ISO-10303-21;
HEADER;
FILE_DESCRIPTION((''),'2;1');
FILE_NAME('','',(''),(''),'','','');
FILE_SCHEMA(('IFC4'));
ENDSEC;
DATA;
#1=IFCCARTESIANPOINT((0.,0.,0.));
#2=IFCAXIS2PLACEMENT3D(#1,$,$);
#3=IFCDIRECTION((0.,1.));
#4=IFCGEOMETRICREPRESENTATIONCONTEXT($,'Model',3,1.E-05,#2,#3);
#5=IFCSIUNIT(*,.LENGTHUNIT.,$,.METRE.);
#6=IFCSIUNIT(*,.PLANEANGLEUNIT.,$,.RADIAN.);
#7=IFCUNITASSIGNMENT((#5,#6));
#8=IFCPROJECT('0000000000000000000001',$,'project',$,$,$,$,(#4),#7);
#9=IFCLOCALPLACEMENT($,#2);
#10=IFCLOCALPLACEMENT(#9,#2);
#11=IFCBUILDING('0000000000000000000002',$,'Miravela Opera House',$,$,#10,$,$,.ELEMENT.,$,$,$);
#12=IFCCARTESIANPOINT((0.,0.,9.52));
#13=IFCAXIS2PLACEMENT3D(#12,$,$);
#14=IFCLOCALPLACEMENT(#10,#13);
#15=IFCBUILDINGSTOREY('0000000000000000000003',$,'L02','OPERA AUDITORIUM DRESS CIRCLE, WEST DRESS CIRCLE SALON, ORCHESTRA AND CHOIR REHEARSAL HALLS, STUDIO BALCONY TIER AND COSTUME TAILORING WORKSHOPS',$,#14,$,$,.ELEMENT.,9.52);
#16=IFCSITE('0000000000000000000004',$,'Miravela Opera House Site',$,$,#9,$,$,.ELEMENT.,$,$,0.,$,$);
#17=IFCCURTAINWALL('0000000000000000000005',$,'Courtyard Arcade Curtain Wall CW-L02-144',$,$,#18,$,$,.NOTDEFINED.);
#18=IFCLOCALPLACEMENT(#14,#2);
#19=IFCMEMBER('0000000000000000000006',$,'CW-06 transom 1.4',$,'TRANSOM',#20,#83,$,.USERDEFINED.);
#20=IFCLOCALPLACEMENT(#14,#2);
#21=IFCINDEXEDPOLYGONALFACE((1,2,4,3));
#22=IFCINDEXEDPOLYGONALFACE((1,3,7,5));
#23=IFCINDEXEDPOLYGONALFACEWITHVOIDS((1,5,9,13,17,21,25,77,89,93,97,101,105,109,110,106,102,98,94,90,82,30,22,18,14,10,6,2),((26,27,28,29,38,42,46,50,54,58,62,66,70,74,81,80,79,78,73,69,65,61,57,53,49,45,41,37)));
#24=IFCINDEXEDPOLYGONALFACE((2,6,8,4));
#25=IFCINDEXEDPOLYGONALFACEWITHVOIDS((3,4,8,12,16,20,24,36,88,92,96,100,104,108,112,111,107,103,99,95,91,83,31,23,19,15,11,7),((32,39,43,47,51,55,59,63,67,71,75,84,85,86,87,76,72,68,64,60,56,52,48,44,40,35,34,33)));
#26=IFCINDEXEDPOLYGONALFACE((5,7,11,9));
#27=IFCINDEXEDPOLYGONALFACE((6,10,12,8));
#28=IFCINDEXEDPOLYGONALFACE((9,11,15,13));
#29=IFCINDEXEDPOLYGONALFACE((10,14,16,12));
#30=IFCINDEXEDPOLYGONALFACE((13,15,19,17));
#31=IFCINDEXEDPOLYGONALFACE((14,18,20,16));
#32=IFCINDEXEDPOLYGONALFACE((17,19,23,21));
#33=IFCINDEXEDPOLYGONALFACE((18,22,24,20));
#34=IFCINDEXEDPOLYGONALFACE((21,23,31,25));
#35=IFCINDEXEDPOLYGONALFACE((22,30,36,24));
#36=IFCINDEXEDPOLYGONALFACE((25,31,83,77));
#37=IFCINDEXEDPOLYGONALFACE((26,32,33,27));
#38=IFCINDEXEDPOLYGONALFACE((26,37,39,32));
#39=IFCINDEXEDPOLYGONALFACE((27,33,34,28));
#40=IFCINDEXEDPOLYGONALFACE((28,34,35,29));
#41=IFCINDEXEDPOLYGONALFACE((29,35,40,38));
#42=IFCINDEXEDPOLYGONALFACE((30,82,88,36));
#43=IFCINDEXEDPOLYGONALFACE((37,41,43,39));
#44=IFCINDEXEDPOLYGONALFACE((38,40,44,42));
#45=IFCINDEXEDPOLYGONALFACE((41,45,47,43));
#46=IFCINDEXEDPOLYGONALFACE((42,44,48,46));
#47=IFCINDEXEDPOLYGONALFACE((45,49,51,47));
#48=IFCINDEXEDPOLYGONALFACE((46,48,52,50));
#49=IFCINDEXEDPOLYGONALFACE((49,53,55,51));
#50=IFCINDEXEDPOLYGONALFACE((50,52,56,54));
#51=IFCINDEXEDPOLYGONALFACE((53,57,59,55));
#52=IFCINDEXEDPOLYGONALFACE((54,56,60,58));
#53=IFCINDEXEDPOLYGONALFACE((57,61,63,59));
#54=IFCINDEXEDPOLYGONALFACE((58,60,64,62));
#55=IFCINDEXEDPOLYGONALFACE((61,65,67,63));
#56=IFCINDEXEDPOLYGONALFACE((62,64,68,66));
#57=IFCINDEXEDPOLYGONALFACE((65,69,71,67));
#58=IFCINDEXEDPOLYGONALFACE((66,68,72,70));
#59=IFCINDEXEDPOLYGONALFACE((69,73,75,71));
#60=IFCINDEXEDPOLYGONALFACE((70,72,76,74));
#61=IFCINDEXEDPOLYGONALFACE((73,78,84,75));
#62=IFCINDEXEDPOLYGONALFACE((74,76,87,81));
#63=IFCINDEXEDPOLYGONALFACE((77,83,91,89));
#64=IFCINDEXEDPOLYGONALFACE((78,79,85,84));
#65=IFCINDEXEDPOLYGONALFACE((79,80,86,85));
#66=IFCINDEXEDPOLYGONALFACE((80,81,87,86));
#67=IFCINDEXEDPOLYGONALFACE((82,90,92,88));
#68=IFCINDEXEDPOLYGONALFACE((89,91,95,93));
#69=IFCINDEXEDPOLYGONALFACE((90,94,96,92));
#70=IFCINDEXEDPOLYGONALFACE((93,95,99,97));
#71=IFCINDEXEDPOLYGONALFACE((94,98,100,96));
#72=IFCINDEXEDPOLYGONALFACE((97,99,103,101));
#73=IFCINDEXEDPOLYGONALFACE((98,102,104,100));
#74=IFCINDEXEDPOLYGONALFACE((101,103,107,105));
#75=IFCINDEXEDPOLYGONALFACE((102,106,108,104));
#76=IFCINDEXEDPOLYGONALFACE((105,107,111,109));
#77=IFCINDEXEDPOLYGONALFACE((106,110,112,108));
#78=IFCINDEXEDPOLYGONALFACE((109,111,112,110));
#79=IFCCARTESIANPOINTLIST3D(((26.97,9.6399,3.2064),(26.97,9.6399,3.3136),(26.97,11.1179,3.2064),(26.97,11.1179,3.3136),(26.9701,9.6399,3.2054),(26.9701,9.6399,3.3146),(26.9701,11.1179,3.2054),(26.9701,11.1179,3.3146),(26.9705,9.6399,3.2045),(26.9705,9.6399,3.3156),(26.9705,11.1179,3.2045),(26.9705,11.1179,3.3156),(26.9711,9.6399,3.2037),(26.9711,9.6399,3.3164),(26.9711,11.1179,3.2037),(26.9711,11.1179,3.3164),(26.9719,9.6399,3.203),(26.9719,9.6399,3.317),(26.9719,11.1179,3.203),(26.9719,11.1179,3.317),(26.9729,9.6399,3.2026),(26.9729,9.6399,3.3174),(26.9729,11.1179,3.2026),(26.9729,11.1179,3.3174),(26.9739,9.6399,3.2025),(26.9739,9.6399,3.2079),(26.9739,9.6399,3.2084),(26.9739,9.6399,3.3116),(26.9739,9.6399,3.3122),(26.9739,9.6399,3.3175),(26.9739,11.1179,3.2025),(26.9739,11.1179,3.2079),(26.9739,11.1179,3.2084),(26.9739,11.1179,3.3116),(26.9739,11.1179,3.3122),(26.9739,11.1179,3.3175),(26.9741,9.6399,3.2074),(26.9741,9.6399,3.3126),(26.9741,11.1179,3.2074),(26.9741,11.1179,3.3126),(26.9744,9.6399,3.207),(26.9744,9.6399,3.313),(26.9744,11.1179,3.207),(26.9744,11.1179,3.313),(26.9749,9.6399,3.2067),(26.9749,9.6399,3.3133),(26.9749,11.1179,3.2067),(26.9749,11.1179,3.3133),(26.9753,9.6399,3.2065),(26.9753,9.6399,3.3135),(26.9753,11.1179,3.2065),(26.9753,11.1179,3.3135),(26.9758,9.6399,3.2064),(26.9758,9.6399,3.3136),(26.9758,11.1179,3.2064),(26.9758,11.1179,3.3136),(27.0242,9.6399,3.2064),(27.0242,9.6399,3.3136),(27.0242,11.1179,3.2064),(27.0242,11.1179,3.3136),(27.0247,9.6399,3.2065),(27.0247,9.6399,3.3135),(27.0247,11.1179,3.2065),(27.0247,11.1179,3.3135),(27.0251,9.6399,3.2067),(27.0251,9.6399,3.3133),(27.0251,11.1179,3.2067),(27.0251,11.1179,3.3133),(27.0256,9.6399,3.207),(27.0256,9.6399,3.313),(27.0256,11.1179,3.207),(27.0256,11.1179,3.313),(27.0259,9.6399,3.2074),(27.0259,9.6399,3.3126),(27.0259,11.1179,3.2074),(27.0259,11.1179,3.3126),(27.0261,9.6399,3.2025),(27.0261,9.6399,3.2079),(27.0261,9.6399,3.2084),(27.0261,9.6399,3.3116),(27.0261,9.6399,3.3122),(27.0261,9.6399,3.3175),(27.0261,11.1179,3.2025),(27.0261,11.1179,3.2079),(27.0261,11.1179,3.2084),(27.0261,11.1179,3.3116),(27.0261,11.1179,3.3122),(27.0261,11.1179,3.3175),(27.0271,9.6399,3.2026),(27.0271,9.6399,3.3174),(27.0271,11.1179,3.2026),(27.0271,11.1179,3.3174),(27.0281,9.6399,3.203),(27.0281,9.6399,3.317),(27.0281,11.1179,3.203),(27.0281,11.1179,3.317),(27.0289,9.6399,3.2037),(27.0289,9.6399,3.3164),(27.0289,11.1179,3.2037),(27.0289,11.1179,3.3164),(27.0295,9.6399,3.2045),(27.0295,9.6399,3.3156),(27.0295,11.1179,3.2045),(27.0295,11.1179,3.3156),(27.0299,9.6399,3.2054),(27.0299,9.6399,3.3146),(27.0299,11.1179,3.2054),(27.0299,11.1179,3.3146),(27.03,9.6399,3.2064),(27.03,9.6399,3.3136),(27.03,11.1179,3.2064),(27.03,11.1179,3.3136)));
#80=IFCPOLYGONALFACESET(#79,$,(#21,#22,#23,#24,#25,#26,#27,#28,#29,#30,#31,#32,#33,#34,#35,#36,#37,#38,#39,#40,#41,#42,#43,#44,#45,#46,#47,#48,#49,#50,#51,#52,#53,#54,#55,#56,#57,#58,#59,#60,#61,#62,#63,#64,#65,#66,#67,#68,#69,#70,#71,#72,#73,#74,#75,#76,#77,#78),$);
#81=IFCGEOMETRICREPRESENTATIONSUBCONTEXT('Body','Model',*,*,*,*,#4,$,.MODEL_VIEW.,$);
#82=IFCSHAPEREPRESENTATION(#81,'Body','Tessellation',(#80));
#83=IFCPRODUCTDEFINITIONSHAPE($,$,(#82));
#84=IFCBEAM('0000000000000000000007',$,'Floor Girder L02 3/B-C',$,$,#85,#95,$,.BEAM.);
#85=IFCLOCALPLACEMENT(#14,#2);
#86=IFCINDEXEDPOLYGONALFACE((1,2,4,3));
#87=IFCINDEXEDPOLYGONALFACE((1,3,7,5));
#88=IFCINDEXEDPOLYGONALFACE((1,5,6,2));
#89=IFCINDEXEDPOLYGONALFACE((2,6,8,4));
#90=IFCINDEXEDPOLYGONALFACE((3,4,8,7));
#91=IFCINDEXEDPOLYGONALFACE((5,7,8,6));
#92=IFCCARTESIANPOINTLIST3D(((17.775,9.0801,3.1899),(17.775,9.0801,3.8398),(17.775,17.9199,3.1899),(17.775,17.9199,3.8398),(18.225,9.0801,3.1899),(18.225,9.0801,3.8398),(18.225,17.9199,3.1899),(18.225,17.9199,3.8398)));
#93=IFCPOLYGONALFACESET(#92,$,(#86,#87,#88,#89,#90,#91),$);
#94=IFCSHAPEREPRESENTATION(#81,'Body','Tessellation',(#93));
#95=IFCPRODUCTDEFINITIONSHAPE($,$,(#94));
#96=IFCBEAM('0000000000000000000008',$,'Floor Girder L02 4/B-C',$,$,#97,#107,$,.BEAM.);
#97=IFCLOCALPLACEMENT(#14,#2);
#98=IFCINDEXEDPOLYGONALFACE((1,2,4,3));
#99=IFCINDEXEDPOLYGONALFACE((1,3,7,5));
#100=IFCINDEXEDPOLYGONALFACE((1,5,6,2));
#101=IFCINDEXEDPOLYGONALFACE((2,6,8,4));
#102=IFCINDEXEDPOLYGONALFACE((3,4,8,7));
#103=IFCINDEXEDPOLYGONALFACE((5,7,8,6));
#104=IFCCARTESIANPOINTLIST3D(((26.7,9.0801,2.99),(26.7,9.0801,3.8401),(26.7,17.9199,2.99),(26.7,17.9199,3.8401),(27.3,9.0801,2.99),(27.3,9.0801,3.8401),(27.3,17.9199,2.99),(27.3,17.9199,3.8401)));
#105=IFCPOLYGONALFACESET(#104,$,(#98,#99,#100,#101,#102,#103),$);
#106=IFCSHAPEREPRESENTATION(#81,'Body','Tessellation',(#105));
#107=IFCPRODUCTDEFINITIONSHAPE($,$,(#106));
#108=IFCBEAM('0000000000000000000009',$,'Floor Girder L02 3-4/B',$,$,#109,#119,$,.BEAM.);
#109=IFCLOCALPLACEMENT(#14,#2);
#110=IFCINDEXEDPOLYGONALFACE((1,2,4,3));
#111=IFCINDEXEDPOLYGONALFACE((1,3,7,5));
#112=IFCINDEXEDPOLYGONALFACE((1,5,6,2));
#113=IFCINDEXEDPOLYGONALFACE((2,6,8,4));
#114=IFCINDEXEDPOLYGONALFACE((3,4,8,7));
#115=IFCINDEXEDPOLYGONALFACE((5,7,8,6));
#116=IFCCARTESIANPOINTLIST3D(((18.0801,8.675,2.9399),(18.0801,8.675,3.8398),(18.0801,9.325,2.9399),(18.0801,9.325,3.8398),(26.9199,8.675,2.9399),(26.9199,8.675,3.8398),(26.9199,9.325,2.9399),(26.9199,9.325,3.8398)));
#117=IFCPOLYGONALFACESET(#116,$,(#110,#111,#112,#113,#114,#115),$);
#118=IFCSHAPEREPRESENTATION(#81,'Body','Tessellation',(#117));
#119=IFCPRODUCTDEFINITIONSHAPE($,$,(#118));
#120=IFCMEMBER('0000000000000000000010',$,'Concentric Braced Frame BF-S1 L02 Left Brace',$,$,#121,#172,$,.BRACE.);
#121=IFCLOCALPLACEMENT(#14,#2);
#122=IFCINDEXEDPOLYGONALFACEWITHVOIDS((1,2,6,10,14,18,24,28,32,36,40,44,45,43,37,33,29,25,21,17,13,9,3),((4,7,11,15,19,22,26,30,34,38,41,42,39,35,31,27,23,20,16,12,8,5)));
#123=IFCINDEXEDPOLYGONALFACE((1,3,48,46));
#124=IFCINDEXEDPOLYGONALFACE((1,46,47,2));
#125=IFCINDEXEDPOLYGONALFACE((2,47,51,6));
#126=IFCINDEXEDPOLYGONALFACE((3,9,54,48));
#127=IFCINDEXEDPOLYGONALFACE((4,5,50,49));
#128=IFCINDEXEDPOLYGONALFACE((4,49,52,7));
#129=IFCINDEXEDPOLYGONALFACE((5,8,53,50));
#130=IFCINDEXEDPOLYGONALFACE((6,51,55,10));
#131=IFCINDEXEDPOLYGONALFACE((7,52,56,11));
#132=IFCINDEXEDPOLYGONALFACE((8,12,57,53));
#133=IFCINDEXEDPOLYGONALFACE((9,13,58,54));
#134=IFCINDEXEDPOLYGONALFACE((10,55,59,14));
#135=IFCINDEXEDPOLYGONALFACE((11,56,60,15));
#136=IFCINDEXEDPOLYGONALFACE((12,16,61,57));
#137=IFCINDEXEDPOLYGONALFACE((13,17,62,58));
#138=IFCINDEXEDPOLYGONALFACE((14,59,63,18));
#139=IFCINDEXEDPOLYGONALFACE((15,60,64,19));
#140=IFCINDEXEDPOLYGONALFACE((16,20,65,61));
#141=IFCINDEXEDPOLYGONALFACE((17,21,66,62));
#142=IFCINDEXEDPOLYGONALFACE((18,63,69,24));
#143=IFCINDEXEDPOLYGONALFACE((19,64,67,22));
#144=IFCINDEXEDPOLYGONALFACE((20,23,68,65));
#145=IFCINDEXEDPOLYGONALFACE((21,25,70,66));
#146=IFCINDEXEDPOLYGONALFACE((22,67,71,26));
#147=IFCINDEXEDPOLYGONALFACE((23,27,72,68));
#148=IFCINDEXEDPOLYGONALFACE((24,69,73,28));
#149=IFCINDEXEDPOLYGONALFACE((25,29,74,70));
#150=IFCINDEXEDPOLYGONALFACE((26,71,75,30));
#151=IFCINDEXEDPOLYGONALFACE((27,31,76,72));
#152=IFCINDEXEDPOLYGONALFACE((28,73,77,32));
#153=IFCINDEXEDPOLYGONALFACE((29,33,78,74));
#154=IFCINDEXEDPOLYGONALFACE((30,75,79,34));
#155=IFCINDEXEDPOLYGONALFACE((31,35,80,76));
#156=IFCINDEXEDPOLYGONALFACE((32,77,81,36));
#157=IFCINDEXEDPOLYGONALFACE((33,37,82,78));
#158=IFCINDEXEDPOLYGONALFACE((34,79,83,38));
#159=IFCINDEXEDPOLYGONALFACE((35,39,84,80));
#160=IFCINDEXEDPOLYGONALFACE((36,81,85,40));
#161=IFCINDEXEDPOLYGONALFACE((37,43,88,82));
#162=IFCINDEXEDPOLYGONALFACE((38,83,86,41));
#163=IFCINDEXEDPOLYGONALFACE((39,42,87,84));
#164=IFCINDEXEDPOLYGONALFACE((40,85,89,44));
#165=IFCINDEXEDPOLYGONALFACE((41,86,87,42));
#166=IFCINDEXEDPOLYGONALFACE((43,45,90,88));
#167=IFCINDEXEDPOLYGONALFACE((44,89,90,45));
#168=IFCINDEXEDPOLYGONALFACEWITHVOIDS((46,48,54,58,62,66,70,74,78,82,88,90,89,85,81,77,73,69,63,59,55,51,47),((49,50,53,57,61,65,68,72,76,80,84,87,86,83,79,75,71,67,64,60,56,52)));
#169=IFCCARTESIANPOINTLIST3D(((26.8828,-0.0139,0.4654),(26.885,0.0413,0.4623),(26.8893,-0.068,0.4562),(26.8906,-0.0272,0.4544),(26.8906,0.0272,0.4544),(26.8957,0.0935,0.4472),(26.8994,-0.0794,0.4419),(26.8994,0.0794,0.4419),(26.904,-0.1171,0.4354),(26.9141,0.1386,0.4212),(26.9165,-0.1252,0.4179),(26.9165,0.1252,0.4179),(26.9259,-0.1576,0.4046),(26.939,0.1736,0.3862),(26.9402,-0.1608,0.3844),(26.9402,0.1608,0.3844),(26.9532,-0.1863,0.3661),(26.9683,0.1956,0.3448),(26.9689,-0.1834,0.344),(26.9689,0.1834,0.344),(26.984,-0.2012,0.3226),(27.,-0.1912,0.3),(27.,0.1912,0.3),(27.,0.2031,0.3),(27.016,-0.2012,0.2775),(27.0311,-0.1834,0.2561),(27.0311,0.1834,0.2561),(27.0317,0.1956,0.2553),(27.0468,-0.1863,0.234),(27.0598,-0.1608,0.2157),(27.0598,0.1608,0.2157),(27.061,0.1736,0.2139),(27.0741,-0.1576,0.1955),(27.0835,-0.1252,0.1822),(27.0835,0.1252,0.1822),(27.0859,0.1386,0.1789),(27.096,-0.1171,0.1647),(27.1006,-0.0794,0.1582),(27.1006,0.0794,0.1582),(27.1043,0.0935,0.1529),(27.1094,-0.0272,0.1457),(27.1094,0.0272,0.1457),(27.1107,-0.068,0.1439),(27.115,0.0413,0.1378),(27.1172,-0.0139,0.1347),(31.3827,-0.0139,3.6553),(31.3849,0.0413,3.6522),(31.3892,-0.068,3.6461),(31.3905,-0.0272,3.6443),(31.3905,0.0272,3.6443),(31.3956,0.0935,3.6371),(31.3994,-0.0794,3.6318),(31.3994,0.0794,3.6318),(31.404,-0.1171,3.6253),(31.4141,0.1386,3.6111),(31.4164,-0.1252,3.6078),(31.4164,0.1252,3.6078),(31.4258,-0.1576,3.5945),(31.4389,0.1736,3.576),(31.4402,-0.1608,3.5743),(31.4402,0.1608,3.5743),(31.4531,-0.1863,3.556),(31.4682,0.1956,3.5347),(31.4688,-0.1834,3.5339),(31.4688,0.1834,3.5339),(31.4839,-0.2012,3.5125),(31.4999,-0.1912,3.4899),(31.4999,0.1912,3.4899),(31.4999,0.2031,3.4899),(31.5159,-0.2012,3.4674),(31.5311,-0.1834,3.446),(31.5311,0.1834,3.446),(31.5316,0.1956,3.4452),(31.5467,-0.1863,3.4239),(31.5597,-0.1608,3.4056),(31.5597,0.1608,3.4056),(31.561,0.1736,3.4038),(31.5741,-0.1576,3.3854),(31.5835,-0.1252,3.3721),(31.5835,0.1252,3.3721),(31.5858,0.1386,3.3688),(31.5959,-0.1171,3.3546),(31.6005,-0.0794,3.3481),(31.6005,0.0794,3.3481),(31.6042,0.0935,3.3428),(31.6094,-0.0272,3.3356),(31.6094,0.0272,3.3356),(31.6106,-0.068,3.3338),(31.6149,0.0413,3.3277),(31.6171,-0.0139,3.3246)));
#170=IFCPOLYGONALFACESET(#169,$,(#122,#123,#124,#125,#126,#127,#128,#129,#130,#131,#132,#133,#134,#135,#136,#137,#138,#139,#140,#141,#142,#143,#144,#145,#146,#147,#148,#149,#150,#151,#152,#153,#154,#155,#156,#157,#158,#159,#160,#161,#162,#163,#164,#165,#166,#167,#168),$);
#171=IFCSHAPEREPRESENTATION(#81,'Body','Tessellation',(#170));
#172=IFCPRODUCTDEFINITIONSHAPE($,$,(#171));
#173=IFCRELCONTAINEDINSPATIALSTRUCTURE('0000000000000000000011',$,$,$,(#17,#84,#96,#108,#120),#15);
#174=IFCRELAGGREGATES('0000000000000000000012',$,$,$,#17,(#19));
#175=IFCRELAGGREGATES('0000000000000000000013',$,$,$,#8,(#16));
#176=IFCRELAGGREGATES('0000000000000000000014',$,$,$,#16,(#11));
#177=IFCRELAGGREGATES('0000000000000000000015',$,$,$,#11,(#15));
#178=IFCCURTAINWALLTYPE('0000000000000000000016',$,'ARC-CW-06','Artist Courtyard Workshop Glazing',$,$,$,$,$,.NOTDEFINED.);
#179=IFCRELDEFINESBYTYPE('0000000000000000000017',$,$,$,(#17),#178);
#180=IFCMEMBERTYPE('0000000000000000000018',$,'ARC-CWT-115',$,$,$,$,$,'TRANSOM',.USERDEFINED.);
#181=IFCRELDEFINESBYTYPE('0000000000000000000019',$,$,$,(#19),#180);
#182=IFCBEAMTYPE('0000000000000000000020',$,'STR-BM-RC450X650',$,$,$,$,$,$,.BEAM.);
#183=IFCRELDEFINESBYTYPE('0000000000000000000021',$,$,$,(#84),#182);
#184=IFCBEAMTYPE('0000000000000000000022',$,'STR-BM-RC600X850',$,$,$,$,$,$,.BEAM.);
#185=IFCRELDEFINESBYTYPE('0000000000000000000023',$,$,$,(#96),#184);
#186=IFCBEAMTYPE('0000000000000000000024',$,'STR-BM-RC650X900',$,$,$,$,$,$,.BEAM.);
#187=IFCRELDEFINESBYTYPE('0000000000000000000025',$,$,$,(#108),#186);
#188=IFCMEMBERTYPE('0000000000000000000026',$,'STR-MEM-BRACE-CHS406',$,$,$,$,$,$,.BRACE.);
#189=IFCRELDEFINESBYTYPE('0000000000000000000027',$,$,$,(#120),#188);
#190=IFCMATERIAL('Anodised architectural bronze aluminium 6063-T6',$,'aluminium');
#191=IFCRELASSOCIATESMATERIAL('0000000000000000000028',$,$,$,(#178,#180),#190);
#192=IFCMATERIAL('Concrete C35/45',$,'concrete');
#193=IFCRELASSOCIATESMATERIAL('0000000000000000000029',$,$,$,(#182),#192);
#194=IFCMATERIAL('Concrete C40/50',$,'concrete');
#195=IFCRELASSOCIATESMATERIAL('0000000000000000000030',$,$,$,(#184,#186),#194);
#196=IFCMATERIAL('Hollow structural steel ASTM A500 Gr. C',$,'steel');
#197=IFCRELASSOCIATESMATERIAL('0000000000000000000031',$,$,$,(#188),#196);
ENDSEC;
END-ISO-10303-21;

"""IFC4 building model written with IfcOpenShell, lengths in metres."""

from ifc_helpers import new_model, si_unit, direction, frame, origin, origin_2d, place, context, subcontext, project, spatial, rectangle, hollow_rectangle, hollow_circle, extrude, material, material_profile, profile_set, type_object, element, aggregate, save


model = new_model("IFC4")

# Units and contexts
model_context = context("Model", 3, precision=1e-05, world=origin(), true_north=direction((0.0, 1.0)))
body_context = subcontext(model_context, "Body", "Model", "MODEL_VIEW")
ifc_project = project(units=[si_unit("LENGTHUNIT", "METRE"), si_unit("PLANEANGLEUNIT", "RADIAN")], contexts=[model_context])

# Site, building, storey
site_placement = place(None, origin())
site = spatial("IfcSite", under=ifc_project, at=site_placement, Name="Miravela Opera House Site", CompositionType="ELEMENT", RefElevation=0.0)
building_placement = place(site_placement, origin())
building = spatial("IfcBuilding", under=site, at=building_placement, Name="Miravela Opera House", CompositionType="ELEMENT")
storey_placement = place(building_placement, frame((0.0, 0.0, 9.52)))
storey = spatial("IfcBuildingStorey", under=building, at=storey_placement, Name="L02", Description="OPERA AUDITORIUM DRESS CIRCLE, WEST DRESS CIRCLE SALON, ORCHESTRA AND CHOIR REHEARSAL HALLS, STUDIO BALCONY TIER AND COSTUME TAILORING WORKSHOPS", CompositionType="ELEMENT", Elevation=9.52)

# Shared definitions
ifc_material_1 = material(Name="Concrete C35/45", Category="concrete")

# Curtain wall, member
ifc_material_2 = material(Name="Anodised architectural bronze aluminium 6063-T6", Category="aluminium")
curtain_wall_type = type_object("IfcCurtainWallType", Name="ARC-CW-06", Description="Artist Courtyard Workshop Glazing", PredefinedType="NOTDEFINED", material=ifc_material_2)
curtain_wall_placement = place(storey_placement, origin())
curtain_wall = element("IfcCurtainWall", 1, at=curtain_wall_placement, inside=storey, type_object=curtain_wall_type, Name="Courtyard Arcade Curtain Wall CW-L02-144", PredefinedType="NOTDEFINED")
ifc_material_profile_1 = material_profile(ifc_material_2, hollow_rectangle(XDim=0.0601, YDim=0.115, WallThickness=0.0039, InnerFilletRadius=0.002, OuterFilletRadius=0.0039, at=origin_2d()), Name="CWT-60X115")
ifc_profile_set_1 = profile_set([ifc_material_profile_1])
member_type_1 = type_object("IfcMemberType", Name="ARC-CWT-115", ElementType="TRANSOM", PredefinedType="USERDEFINED", material=ifc_profile_set_1)
member_1_placement = place(storey_placement, frame((27.0, 9.6399, 3.26), z_axis=(0.0, 1.0, 0.0), x_axis=(-1.0, 0.0, 0.0)))
member_1 = element("IfcMember", 2, at=member_1_placement, type_object=member_type_1, Name="CW-06 transom 1.4", ObjectType="TRANSOM", PredefinedType="USERDEFINED", context=body_context, shape_type="SweptSolid", body=[
    extrude(hollow_rectangle(XDim=0.0601, YDim=0.115, WallThickness=0.0039, InnerFilletRadius=0.002, OuterFilletRadius=0.0039, at=origin_2d()), origin(), (0.0, 0.0, 1.0), 1.478),
])

# Beams
ifc_material_profile_2 = material_profile(ifc_material_1, rectangle(XDim=0.45, YDim=0.6499, at=origin_2d()), Name="RC-BM-450X650")
ifc_profile_set_2 = profile_set([ifc_material_profile_2])
beam_type_1 = type_object("IfcBeamType", Name="STR-BM-RC450X650", PredefinedType="BEAM", material=ifc_profile_set_2)
beam_1_placement = place(storey_placement, frame((18.0, 9.0801, 3.5149), z_axis=(0.0, 1.0, 0.0), x_axis=(-1.0, 0.0, 0.0)))
element("IfcBeam", 3, at=beam_1_placement, inside=storey, type_object=beam_type_1, Name="Floor Girder L02 3/B-C", PredefinedType="BEAM", context=body_context, shape_type="SweptSolid", body=[
    extrude(rectangle(XDim=0.45, YDim=0.6499, at=origin_2d()), origin(), (0.0, 0.0, 1.0), 8.8398),
])
ifc_material_3 = material(Name="Concrete C40/50", Category="concrete")
ifc_material_profile_3 = material_profile(ifc_material_3, rectangle(XDim=0.6001, YDim=0.8501, at=origin_2d()), Name="RC-BM-600X850")
ifc_profile_set_3 = profile_set([ifc_material_profile_3])
beam_type_2 = type_object("IfcBeamType", Name="STR-BM-RC600X850", PredefinedType="BEAM", material=ifc_profile_set_3)
beam_2_placement = place(storey_placement, frame((27.0, 9.0801, 3.415), z_axis=(0.0, 1.0, 0.0), x_axis=(-1.0, 0.0, 0.0)))
element("IfcBeam", 4, at=beam_2_placement, inside=storey, type_object=beam_type_2, Name="Floor Girder L02 4/B-C", PredefinedType="BEAM", context=body_context, shape_type="SweptSolid", body=[
    extrude(rectangle(XDim=0.6001, YDim=0.8501, at=origin_2d()), origin(), (0.0, 0.0, 1.0), 8.8398),
])
ifc_material_profile_4 = material_profile(ifc_material_3, rectangle(XDim=0.6499, YDim=0.8999, at=origin_2d()), Name="RC-BM-650X900")
ifc_profile_set_4 = profile_set([ifc_material_profile_4])
beam_type_3 = type_object("IfcBeamType", Name="STR-BM-RC650X900", PredefinedType="BEAM", material=ifc_profile_set_4)
beam_3_placement = place(storey_placement, frame((18.0801, 9.0, 3.3899), z_axis=(1.0, 0.0, 0.0), x_axis=(0.0, 1.0, 0.0)))
element("IfcBeam", 5, at=beam_3_placement, inside=storey, type_object=beam_type_3, Name="Floor Girder L02 3-4/B", PredefinedType="BEAM", context=body_context, shape_type="SweptSolid", body=[
    extrude(rectangle(XDim=0.6499, YDim=0.8999, at=origin_2d()), origin(), (0.0, 0.0, 1.0), 8.8398),
])

# Member
ifc_material_4 = material(Name="Hollow structural steel ASTM A500 Gr. C", Category="steel")
ifc_material_profile_5 = material_profile(ifc_material_4, hollow_circle(Radius=0.2031, WallThickness=0.012, at=origin_2d()), Name="CHS406X12")
ifc_profile_set_5 = profile_set([ifc_material_profile_5])
member_type_2 = type_object("IfcMemberType", Name="STR-MEM-BRACE-CHS406", PredefinedType="BRACE", material=ifc_profile_set_5)
member_2_placement = place(storey_placement, frame((27.0, 0.0, 0.3), z_axis=(0.815816, 0.0, 0.578312), x_axis=(0.0, 1.0, 0.0)))
element("IfcMember", 6, at=member_2_placement, inside=storey, type_object=member_type_2, Name="Concentric Braced Frame BF-S1 L02 Left Brace", PredefinedType="BRACE", context=body_context, shape_type="SweptSolid", body=[
    extrude(hollow_circle(Radius=0.2031, WallThickness=0.012, at=origin_2d()), origin(), (0.0, 0.0, 1.0), 5.5159),
])

aggregate(curtain_wall, [member_1])

save(model, "model.ifc")
